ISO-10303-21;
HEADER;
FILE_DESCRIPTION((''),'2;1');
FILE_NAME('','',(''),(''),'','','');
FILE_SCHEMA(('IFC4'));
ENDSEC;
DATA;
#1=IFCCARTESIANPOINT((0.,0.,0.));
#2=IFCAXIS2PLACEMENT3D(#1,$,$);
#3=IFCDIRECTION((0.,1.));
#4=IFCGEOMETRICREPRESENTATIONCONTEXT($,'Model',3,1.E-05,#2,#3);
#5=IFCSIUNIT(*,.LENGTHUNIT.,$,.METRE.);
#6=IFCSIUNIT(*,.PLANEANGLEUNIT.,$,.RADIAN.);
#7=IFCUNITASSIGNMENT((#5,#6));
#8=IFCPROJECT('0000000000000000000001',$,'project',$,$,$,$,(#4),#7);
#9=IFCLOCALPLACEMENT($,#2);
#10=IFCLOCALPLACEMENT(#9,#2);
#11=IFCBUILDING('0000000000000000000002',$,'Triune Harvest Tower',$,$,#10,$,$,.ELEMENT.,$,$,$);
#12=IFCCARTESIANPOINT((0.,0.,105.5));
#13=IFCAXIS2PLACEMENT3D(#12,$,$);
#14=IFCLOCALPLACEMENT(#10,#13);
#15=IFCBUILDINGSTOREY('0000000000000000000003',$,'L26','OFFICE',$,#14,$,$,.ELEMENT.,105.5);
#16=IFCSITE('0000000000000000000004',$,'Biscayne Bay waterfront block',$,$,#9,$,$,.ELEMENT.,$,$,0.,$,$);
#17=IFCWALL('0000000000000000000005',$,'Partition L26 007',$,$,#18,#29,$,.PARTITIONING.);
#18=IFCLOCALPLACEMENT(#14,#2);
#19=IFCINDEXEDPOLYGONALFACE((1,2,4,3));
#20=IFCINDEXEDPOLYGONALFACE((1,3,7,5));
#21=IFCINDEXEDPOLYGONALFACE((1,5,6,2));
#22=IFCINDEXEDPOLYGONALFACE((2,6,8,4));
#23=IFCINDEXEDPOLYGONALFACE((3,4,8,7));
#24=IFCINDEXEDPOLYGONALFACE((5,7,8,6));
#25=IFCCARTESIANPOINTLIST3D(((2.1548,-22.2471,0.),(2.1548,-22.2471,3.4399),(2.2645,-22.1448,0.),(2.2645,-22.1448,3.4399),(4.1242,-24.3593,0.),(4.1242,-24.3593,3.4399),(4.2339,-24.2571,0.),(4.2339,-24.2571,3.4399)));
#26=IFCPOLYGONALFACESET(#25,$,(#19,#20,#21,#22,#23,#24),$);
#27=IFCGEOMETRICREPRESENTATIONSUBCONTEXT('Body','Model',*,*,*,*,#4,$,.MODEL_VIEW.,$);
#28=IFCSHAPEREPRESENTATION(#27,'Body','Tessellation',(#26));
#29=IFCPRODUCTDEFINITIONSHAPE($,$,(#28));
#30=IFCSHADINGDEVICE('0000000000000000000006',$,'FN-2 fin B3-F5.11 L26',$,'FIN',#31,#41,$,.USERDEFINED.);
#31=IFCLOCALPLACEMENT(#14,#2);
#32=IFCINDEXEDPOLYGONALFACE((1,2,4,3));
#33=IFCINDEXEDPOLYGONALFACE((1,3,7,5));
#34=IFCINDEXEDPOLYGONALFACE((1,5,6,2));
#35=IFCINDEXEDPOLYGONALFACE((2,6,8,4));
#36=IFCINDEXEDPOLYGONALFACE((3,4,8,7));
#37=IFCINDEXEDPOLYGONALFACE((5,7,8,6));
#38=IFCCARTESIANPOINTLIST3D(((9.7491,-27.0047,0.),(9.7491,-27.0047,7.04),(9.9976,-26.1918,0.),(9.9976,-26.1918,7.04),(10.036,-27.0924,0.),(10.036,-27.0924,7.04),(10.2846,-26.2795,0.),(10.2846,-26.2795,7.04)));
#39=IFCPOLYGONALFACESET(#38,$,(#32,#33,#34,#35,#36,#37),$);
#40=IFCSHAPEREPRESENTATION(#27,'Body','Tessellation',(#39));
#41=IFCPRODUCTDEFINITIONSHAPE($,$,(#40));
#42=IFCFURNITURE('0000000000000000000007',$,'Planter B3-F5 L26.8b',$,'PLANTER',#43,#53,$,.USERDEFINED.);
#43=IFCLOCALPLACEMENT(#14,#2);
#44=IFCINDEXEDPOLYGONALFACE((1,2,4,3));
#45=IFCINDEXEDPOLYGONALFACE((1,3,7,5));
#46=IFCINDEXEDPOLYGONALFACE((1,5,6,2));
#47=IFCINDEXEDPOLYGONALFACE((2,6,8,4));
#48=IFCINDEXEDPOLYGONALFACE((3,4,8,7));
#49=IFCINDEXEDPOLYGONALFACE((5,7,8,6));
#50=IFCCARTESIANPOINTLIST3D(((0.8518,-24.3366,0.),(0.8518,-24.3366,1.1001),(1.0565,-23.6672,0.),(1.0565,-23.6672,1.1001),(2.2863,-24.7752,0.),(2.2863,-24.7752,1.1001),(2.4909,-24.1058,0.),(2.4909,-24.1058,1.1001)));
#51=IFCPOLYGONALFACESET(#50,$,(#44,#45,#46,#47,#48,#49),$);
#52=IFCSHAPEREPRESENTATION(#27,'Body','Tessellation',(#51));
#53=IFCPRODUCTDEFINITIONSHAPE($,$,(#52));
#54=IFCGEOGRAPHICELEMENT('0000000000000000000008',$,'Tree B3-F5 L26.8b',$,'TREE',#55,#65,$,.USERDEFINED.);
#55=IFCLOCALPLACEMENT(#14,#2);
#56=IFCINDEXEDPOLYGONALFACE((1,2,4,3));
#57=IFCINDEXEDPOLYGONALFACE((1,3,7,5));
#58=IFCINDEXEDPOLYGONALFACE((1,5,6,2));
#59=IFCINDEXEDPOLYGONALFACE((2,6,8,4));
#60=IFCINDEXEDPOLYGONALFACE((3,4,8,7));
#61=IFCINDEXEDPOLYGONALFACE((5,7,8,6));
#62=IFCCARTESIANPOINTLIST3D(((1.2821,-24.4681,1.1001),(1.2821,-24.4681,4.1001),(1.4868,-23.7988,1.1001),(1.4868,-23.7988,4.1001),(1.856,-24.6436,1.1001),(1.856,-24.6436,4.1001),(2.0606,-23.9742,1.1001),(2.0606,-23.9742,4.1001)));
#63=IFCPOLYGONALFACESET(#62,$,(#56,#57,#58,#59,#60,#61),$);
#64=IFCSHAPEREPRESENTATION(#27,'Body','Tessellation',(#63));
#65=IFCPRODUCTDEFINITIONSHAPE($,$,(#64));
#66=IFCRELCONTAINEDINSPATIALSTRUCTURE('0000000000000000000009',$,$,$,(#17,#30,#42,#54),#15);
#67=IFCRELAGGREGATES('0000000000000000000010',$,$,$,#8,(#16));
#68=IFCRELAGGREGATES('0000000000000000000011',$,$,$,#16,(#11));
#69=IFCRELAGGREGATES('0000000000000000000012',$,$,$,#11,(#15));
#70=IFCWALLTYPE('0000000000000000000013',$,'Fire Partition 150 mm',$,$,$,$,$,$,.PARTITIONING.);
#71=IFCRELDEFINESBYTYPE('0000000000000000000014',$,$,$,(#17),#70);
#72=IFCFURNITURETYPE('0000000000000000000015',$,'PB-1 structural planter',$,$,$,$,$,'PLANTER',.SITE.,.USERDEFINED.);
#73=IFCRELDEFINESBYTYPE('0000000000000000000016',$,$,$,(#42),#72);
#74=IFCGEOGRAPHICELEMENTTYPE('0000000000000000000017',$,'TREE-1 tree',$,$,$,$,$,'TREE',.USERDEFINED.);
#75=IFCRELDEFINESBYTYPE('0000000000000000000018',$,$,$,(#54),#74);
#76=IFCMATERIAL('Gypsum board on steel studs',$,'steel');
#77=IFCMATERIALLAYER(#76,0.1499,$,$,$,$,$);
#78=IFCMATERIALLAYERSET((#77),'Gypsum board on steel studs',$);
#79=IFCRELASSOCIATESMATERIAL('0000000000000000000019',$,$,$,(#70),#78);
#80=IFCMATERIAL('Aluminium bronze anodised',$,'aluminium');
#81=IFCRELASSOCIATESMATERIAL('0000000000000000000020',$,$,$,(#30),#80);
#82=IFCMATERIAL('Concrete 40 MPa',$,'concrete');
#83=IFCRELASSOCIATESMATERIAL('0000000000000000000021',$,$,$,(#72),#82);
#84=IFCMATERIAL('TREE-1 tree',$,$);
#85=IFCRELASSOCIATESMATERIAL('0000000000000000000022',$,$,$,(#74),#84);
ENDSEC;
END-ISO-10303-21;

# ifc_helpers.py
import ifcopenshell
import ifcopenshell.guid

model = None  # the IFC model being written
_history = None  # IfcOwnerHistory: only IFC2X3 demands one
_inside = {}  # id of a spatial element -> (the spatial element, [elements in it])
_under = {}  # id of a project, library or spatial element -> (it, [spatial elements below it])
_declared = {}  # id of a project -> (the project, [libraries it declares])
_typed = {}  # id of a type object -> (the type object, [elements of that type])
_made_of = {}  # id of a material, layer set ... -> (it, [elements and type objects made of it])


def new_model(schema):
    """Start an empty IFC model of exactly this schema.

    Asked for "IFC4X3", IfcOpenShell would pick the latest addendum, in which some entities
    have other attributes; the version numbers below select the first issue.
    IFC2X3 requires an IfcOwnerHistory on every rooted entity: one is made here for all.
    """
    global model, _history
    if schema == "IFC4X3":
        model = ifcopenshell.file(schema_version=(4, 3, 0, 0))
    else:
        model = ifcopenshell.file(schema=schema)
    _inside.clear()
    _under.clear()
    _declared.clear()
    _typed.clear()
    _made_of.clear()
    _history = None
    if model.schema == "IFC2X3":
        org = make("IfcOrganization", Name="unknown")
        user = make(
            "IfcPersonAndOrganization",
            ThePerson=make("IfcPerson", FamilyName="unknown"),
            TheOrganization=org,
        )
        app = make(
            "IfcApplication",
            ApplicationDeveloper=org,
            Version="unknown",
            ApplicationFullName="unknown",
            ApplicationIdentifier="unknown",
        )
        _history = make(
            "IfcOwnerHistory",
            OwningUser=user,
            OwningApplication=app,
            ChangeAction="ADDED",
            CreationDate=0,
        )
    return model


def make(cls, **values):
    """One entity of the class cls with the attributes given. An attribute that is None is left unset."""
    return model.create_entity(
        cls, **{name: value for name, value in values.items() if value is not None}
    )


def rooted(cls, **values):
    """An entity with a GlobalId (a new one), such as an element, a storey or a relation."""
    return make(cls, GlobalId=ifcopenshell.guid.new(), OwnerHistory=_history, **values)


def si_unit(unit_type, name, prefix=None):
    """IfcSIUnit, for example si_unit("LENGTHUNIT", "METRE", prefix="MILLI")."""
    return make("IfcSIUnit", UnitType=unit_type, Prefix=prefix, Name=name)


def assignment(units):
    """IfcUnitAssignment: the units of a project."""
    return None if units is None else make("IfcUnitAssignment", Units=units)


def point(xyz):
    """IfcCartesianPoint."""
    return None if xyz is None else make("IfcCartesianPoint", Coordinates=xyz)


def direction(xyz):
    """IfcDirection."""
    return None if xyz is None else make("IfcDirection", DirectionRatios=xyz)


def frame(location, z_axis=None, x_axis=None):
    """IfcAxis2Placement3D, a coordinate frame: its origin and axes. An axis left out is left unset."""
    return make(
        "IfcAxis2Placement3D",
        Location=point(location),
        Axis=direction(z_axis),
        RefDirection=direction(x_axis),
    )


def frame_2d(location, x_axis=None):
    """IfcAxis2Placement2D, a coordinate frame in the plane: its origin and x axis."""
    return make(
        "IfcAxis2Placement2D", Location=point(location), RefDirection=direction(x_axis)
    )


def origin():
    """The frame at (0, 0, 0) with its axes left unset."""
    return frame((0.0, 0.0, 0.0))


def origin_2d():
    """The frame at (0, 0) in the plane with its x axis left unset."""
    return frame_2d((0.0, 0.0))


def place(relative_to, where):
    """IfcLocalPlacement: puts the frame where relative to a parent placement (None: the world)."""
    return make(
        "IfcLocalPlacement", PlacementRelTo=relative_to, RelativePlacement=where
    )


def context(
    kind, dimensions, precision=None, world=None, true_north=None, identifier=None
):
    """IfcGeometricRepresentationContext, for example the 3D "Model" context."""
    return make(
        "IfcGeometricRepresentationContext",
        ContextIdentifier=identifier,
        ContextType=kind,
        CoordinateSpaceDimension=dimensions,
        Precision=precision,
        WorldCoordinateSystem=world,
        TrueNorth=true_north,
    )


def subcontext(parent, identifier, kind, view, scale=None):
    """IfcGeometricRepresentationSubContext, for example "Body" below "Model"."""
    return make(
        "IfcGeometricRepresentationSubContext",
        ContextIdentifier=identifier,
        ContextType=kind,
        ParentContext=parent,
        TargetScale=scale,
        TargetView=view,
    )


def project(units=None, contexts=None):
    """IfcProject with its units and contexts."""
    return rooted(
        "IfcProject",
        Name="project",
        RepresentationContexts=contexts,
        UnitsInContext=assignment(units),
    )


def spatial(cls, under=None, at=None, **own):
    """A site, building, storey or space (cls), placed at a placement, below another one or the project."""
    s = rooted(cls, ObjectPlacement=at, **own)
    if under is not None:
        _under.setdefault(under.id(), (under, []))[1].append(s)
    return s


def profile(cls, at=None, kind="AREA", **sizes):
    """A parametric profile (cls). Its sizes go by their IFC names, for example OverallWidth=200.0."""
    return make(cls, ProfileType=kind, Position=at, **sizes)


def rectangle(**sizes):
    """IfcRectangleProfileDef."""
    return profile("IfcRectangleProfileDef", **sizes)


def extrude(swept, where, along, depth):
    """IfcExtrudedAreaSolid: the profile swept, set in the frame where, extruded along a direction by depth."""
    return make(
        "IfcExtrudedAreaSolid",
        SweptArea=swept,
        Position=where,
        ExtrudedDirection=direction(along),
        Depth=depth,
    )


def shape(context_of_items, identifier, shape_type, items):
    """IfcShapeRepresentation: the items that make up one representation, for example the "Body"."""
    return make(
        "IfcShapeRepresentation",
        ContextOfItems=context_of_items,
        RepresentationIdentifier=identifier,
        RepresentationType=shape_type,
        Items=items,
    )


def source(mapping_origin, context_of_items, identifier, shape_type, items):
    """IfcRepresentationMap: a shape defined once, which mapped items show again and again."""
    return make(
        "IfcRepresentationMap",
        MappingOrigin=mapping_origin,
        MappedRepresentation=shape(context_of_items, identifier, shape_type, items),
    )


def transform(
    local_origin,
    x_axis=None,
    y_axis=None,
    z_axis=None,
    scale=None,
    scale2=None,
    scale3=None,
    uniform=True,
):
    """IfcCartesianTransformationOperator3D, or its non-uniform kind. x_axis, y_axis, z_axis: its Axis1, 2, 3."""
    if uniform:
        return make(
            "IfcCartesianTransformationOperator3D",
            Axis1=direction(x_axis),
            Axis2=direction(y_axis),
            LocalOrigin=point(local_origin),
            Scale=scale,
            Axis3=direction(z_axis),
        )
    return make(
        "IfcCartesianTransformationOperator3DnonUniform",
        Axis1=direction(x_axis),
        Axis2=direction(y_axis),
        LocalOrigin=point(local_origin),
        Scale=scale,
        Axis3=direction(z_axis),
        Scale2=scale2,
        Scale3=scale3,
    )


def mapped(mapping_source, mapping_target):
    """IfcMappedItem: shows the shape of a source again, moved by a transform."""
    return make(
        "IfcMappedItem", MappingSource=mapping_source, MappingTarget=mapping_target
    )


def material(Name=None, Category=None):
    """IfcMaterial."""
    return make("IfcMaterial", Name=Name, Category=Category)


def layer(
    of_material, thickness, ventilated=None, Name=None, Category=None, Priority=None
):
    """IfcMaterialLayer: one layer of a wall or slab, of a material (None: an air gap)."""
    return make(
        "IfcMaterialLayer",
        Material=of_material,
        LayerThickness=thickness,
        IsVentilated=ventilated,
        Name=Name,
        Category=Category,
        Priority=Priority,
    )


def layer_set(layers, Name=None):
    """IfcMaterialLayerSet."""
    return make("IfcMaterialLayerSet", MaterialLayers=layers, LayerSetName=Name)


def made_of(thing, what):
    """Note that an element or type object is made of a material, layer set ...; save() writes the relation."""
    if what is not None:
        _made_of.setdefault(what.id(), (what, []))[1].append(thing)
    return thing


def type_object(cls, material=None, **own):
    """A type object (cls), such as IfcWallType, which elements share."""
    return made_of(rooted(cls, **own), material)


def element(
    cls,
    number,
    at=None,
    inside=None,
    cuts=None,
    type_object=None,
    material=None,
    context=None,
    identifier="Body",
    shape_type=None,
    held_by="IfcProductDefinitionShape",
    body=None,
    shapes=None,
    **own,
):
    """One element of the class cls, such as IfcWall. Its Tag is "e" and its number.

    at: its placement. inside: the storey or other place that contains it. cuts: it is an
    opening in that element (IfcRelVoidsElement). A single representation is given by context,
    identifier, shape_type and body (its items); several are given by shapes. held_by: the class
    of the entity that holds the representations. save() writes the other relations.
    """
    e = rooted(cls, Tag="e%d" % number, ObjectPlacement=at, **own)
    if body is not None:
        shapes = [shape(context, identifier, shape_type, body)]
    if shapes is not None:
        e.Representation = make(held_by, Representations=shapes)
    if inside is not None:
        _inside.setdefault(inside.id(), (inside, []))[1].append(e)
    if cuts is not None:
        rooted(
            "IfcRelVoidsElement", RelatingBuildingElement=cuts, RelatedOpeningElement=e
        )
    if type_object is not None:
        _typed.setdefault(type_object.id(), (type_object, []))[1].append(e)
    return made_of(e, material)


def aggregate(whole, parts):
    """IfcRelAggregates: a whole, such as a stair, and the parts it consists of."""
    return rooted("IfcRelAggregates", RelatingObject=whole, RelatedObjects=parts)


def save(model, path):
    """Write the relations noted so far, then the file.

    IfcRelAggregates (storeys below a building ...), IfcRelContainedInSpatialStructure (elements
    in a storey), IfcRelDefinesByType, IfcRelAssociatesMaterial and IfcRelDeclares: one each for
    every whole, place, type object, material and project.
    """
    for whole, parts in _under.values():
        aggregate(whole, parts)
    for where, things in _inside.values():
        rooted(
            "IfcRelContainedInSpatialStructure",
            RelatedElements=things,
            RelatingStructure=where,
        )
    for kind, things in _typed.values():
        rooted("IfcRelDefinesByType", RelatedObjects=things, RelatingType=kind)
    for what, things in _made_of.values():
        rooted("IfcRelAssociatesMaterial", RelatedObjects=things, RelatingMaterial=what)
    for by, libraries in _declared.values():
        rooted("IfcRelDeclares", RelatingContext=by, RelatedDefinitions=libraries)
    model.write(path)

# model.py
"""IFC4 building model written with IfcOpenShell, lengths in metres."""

from ifc_helpers import new_model, si_unit, direction, frame, frame_2d, origin, origin_2d, place, context, subcontext, project, spatial, rectangle, extrude, source, transform, mapped, material, layer, layer_set, type_object, element, save


model = new_model("IFC4")

# Units and contexts
model_context = context("Model", 3, precision=1e-05, world=origin(), true_north=direction((0.0, 1.0)))
body_context = subcontext(model_context, "Body", "Model", "MODEL_VIEW")
ifc_project = project(units=[si_unit("LENGTHUNIT", "METRE"), si_unit("PLANEANGLEUNIT", "RADIAN")], contexts=[model_context])

# Site, building, storey
site_placement = place(None, origin())
site = spatial("IfcSite", under=ifc_project, at=site_placement, Name="Biscayne Bay waterfront block", CompositionType="ELEMENT", RefElevation=0.0)
building_placement = place(site_placement, origin())
building = spatial("IfcBuilding", under=site, at=building_placement, Name="Triune Harvest Tower", CompositionType="ELEMENT")
storey_placement = place(building_placement, frame((0.0, 0.0, 105.5)))
storey = spatial("IfcBuildingStorey", under=building, at=storey_placement, Name="L26", Description="OFFICE", CompositionType="ELEMENT", Elevation=105.5)

# Shared definitions
ifc_material_1 = material(Name="Aluminium bronze anodised", Category="aluminium")

# Wall
ifc_material_2 = material(Name="Gypsum board on steel studs", Category="steel")
ifc_layer_1 = layer(ifc_material_2, 0.1499)
ifc_layer_set_1 = layer_set([ifc_layer_1], Name="Gypsum board on steel studs")
wall_type_1 = type_object("IfcWallType", Name="Fire Partition 150 mm", PredefinedType="PARTITIONING", material=ifc_layer_set_1)
shared_shape_1 = source(origin(), body_context, "Body", "SweptSolid", [
    extrude(rectangle(XDim=2.8879, YDim=0.1499, at=frame_2d((1.4438, 0.0))), origin(), (0.0, 0.0, 1.0), 3.4399),
])
wall_1_placement = place(storey_placement, frame((2.2097, -22.196, 0.0), z_axis=(0.0, 0.0, 1.0), x_axis=(0.681948, -0.731401, 0.0)))
element("IfcWall", 1, at=wall_1_placement, inside=storey, type_object=wall_type_1, Name="Partition L26 007", PredefinedType="PARTITIONING", context=body_context, shape_type="MappedRepresentation", body=[
    mapped(shared_shape_1, transform((0.0, 0.0, 0.0), scale=1.0)),
])

# Shading device
shared_shape_2 = source(origin(), body_context, "Body", "SweptSolid", [
    extrude(rectangle(XDim=0.3, YDim=0.8501, at=origin_2d()), origin(), (0.0, 0.0, 1.0), 7.04),
])
shading_device_placement = place(storey_placement, frame((10.0168, -26.6421, 0.0), z_axis=(0.0, 0.0, 1.0), x_axis=(0.956304, -0.292373, 0.0)))
element("IfcShadingDevice", 2, at=shading_device_placement, inside=storey, material=ifc_material_1, Name="FN-2 fin B3-F5.11 L26", ObjectType="FIN", PredefinedType="USERDEFINED", context=body_context, shape_type="MappedRepresentation", body=[
    mapped(shared_shape_2, transform((0.0, 0.0, 0.0), scale=1.0)),
])

# Furniture
ifc_material_3 = material(Name="Concrete 40 MPa", Category="concrete")
furniture_type = type_object("IfcFurnitureType", Name="PB-1 structural planter", ElementType="PLANTER", AssemblyPlace="SITE", PredefinedType="USERDEFINED", material=ifc_material_3)
shared_shape_3 = source(origin(), body_context, "Body", "SweptSolid", [
    extrude(rectangle(XDim=1.5, YDim=0.7, at=origin_2d()), origin(), (0.0, 0.0, 1.0), 1.1001),
])
furniture_placement = place(storey_placement, frame((1.6714, -24.2212, 0.0), z_axis=(0.0, 0.0, 1.0), x_axis=(0.956304, -0.292373, 0.0)))
element("IfcFurniture", 3, at=furniture_placement, inside=storey, type_object=furniture_type, Name="Planter B3-F5 L26.8b", ObjectType="PLANTER", PredefinedType="USERDEFINED", context=body_context, shape_type="MappedRepresentation", body=[
    mapped(shared_shape_3, transform((0.0, 0.0, 0.0), scale=1.0)),
])

# Geographic element
ifc_material_4 = material(Name="TREE-1 tree")
geographic_element_type = type_object("IfcGeographicElementType", Name="TREE-1 tree", ElementType="TREE", PredefinedType="USERDEFINED", material=ifc_material_4)
shared_shape_4 = source(origin(), body_context, "Body", "SweptSolid", [
    extrude(rectangle(XDim=0.6001, YDim=0.7, at=origin_2d()), origin(), (0.0, 0.0, 1.0), 3.0),
])
geographic_element_placement = place(storey_placement, frame((1.6714, -24.2212, 1.1001), z_axis=(0.0, 0.0, 1.0), x_axis=(0.956304, -0.292373, 0.0)))
element("IfcGeographicElement", 4, at=geographic_element_placement, inside=storey, type_object=geographic_element_type, Name="Tree B3-F5 L26.8b", ObjectType="TREE", PredefinedType="USERDEFINED", context=body_context, shape_type="MappedRepresentation", body=[
    mapped(shared_shape_4, transform((0.0, 0.0, 0.0), scale=1.0)),
])

save(model, "model.ifc")
